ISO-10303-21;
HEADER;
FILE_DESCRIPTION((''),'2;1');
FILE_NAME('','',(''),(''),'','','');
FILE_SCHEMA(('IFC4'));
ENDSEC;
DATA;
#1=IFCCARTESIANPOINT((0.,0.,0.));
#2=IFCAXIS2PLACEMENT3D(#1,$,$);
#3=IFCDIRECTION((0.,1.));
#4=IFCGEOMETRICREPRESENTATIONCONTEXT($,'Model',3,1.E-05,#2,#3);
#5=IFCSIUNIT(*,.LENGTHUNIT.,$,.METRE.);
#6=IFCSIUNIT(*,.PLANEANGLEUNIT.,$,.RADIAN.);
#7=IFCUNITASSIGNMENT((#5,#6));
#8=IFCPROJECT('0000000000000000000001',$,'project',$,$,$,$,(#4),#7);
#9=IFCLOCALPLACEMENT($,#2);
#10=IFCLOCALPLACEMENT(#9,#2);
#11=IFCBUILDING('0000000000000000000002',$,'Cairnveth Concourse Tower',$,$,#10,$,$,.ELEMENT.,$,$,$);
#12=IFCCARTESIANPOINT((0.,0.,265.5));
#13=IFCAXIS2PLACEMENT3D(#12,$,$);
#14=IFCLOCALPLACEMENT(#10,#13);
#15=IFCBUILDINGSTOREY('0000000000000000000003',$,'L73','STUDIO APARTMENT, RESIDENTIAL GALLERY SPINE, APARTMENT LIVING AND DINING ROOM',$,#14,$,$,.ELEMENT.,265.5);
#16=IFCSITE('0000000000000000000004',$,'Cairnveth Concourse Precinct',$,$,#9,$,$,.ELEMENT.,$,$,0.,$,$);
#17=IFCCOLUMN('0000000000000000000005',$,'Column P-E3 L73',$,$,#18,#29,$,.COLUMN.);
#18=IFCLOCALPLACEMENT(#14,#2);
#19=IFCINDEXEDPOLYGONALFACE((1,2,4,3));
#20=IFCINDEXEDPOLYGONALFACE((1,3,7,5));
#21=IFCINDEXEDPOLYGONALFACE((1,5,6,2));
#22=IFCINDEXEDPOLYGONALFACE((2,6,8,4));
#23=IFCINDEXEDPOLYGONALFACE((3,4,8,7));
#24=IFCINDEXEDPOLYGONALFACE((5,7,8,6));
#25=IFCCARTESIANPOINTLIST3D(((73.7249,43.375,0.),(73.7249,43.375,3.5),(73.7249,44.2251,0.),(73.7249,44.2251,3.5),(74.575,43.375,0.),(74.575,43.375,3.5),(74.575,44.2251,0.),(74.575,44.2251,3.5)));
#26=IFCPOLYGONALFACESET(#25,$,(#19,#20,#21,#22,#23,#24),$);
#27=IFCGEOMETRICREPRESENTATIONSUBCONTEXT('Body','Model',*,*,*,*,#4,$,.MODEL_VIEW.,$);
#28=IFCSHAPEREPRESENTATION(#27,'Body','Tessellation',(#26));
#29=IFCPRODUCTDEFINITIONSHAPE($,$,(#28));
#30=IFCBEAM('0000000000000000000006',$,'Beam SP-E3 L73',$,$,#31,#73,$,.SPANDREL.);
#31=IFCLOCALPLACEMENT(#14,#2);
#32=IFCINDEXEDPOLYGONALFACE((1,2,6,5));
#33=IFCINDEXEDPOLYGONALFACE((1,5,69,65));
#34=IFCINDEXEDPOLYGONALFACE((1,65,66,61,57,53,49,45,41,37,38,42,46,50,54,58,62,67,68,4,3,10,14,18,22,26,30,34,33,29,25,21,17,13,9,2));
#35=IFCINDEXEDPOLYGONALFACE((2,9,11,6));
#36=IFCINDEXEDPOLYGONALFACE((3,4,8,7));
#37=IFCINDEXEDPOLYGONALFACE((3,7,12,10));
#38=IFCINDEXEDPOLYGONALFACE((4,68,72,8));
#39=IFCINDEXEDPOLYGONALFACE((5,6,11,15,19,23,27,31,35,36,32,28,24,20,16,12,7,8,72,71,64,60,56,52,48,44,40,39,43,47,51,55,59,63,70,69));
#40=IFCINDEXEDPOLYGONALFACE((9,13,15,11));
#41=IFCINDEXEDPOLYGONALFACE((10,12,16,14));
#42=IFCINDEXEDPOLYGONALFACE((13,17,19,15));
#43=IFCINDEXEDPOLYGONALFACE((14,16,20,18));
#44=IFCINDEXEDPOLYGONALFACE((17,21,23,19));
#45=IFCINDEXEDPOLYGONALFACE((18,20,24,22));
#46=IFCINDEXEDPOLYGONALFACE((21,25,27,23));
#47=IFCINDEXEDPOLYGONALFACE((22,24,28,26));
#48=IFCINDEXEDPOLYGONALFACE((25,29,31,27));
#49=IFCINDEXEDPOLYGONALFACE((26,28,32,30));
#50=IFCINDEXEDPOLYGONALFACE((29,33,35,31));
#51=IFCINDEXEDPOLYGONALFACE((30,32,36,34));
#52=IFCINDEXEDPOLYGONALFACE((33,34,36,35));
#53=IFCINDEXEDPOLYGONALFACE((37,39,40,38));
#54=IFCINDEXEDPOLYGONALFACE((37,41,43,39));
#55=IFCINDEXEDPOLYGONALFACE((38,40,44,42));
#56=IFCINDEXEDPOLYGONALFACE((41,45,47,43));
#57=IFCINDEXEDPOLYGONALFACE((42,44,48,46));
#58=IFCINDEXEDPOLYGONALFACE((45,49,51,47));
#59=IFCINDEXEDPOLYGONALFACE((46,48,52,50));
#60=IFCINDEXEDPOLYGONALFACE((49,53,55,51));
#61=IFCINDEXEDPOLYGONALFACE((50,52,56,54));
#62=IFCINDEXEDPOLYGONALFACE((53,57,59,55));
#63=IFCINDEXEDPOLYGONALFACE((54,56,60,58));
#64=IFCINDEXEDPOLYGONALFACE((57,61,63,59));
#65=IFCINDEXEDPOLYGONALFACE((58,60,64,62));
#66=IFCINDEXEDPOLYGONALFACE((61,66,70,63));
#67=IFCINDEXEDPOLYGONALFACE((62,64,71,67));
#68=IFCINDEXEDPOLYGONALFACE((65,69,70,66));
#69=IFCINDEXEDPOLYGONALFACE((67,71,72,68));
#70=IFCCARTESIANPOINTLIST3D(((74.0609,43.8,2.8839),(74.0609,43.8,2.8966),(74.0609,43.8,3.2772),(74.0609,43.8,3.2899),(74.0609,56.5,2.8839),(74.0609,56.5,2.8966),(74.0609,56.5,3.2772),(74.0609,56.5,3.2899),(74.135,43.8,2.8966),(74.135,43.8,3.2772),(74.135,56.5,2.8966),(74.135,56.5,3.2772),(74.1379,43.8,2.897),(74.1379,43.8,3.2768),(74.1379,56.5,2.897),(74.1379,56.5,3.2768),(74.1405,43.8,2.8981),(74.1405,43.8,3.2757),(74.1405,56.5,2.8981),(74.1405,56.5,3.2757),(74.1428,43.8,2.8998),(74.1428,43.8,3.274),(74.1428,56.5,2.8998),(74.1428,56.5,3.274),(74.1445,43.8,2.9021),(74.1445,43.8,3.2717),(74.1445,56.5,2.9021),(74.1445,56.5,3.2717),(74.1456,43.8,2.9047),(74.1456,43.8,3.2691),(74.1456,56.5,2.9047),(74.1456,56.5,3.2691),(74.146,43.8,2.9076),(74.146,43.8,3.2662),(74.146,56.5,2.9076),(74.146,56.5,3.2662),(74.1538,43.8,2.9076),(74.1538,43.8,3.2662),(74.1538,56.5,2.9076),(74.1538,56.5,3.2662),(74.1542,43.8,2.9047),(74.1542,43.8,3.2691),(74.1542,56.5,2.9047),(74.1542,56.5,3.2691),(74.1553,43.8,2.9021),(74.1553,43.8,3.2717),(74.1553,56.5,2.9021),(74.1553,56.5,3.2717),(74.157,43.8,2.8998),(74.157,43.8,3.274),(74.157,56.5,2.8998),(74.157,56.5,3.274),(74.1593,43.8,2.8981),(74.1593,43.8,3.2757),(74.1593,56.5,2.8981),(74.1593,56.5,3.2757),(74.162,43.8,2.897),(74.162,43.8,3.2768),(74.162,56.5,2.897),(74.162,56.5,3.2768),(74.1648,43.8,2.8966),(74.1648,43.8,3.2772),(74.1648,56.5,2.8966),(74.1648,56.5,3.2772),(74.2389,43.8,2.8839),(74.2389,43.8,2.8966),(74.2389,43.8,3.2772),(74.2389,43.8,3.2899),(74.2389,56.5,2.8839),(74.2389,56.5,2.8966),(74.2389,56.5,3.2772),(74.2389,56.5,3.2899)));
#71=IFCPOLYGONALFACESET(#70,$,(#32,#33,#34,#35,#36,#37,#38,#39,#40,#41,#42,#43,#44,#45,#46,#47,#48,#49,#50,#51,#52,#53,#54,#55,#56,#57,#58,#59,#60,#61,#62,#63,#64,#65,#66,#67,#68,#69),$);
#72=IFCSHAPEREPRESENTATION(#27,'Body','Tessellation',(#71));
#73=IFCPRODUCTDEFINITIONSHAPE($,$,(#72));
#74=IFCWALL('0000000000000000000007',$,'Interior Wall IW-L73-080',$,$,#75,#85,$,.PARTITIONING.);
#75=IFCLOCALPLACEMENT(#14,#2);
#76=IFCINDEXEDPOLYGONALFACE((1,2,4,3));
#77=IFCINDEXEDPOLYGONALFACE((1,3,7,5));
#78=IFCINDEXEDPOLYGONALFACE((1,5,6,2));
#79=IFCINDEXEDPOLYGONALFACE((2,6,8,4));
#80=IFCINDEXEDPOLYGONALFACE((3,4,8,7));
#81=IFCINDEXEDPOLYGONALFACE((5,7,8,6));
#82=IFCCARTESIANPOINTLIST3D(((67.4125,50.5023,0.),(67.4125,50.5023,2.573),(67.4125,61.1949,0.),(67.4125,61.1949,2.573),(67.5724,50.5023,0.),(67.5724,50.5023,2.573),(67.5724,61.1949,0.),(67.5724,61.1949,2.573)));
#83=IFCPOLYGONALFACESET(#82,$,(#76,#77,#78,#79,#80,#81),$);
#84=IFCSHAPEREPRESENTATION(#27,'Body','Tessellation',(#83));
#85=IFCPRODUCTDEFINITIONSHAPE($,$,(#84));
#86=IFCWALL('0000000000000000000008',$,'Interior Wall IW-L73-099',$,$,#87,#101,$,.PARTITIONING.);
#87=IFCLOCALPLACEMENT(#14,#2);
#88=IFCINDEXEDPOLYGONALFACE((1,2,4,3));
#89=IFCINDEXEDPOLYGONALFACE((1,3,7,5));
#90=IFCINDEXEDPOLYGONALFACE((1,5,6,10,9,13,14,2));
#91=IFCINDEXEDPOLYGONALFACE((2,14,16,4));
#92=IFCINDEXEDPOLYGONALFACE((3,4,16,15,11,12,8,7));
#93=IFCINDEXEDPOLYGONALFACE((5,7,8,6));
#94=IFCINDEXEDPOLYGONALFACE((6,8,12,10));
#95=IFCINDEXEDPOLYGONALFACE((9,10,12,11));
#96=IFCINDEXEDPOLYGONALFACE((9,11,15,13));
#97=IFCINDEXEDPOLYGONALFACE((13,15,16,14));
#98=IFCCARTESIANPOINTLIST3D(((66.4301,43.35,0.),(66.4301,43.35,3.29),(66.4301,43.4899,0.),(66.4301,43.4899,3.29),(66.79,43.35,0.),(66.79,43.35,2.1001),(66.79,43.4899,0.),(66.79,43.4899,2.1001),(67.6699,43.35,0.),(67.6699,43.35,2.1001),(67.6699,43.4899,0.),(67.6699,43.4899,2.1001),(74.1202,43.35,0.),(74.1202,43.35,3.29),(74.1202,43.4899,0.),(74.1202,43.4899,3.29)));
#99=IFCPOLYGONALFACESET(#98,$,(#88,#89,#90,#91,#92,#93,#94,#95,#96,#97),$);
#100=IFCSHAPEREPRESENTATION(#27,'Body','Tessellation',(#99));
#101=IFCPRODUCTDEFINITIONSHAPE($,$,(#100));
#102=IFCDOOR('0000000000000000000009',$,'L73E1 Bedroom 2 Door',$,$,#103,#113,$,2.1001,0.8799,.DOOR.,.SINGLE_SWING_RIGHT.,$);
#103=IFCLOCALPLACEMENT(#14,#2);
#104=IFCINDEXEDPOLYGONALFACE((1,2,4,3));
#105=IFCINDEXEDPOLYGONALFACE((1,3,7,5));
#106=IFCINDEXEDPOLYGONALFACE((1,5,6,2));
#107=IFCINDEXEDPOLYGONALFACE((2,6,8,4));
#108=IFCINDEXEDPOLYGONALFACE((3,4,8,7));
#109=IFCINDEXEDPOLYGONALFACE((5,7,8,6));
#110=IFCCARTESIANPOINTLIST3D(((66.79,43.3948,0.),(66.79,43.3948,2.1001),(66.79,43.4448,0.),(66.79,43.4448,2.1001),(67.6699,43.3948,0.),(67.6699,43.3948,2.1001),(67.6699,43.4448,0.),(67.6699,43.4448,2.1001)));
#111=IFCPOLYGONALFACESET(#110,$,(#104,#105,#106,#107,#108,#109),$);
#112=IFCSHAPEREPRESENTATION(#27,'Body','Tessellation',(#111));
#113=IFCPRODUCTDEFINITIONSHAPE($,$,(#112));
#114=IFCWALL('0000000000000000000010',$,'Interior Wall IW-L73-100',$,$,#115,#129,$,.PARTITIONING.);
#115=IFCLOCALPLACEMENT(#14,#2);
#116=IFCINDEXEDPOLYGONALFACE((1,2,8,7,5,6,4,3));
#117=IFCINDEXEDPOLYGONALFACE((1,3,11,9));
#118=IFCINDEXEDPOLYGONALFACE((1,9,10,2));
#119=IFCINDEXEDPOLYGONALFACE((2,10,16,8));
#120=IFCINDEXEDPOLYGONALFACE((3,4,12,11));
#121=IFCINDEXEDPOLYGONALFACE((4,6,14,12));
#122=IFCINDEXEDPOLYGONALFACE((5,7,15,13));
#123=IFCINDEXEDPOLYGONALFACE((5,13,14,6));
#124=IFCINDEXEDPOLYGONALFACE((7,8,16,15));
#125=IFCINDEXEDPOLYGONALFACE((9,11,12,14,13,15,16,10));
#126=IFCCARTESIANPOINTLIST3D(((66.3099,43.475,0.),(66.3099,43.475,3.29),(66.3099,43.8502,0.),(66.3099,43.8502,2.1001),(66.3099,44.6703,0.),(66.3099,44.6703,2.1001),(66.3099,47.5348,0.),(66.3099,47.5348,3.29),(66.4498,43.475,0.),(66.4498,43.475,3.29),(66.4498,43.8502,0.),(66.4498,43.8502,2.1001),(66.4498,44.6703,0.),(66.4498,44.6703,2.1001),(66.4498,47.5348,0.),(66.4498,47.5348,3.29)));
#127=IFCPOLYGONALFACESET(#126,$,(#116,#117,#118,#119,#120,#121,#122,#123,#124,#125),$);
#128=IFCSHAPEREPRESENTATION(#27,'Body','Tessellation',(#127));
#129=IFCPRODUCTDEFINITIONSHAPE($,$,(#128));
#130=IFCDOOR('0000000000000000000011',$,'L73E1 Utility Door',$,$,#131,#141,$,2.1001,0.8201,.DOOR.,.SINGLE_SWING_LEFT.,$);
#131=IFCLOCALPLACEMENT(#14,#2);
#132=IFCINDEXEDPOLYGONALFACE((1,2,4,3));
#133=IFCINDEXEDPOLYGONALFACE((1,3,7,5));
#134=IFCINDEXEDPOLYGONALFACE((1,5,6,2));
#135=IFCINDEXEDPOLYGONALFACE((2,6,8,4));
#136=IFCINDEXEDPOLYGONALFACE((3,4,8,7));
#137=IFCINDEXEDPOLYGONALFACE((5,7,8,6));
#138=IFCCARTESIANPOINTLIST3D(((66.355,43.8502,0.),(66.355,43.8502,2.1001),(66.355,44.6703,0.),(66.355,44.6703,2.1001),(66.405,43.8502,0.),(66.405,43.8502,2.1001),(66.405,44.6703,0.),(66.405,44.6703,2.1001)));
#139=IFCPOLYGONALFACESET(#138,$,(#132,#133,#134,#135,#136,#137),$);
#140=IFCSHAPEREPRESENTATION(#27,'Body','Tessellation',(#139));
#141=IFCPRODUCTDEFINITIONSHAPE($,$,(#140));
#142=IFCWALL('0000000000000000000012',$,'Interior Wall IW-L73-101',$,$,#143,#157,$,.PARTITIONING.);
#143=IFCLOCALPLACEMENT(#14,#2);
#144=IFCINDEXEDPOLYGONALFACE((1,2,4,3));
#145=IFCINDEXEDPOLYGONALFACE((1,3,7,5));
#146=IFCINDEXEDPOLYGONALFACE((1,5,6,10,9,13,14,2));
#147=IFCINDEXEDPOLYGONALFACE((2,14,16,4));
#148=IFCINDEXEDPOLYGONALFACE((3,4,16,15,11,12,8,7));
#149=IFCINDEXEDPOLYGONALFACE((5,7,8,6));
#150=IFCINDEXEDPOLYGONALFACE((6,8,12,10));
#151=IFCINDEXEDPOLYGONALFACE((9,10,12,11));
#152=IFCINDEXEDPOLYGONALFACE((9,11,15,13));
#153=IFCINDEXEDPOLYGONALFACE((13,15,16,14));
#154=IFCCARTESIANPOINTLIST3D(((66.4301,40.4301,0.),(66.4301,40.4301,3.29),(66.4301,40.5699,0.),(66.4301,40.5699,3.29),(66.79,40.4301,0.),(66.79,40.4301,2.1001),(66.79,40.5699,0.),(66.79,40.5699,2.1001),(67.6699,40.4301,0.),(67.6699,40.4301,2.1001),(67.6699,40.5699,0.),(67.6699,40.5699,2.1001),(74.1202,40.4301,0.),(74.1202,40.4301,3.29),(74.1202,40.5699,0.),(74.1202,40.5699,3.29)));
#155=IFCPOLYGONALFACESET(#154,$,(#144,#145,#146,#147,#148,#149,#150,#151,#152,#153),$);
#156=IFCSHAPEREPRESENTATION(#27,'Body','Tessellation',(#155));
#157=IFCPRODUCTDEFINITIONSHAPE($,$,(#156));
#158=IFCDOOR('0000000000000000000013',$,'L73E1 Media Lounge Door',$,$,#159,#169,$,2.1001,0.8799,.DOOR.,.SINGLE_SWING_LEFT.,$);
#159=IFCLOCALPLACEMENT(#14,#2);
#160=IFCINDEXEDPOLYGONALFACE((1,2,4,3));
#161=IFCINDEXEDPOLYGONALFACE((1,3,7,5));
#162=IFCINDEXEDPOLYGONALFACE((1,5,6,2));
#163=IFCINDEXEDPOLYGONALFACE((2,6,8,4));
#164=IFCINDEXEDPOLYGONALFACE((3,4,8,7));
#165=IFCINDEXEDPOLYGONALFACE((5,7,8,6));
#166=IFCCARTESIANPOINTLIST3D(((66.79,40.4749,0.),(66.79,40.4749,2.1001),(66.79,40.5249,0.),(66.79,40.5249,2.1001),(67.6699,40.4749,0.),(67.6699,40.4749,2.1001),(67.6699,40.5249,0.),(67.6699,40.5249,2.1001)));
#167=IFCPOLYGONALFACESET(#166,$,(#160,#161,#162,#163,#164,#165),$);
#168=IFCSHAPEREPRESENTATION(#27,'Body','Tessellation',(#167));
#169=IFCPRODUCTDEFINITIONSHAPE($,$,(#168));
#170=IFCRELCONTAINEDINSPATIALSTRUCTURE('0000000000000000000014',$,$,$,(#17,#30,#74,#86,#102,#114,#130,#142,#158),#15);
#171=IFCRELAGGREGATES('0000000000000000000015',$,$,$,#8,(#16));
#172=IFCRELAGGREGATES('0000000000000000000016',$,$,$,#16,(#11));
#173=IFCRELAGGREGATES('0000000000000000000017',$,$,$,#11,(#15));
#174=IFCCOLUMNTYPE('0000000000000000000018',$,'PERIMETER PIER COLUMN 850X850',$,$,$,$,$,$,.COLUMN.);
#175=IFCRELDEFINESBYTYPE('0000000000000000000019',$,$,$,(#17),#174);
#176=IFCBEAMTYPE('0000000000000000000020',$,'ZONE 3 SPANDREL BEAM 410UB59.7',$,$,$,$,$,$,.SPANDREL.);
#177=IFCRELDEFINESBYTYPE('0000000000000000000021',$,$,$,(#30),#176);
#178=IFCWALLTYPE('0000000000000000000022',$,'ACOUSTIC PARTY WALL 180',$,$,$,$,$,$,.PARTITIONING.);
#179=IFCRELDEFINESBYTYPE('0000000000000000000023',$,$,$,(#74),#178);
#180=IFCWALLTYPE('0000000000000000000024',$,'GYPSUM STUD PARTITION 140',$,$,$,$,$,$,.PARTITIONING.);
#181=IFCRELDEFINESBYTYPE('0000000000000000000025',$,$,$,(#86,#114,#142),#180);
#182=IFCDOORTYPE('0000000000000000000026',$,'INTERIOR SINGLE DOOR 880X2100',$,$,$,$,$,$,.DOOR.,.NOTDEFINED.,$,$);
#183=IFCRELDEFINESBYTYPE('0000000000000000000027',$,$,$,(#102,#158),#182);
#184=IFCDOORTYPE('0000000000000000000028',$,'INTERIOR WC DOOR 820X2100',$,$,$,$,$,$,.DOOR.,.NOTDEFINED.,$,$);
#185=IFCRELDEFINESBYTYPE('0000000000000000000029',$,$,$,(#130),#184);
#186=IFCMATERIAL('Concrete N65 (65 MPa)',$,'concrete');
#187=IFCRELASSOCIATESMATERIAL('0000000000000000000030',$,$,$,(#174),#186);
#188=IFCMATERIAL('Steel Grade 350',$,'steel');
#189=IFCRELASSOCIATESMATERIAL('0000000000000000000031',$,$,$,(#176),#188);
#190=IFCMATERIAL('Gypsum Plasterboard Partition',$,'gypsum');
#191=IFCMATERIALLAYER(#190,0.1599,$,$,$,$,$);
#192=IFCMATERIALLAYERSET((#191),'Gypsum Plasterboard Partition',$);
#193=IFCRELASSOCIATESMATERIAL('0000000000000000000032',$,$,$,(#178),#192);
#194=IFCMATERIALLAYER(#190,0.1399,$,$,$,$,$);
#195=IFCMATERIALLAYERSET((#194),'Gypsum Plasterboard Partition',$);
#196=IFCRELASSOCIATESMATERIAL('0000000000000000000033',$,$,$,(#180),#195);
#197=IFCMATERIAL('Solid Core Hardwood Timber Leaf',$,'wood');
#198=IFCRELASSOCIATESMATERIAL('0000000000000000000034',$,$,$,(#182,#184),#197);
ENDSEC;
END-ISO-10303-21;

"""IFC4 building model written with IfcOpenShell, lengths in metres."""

from ifc_helpers import new_model, si_unit, direction, frame, frame_2d, origin, origin_2d, place, context, subcontext, project, spatial, rectangle, i_section, extrude, material, layer, layer_set, material_profile, profile_set, type_object, element, fill, save


model = new_model("IFC4")

# Units and contexts
model_context = context("Model", 3, precision=1e-05, world=origin(), true_north=direction((0.0, 1.0)))
body_context = subcontext(model_context, "Body", "Model", "MODEL_VIEW")
ifc_project = project(units=[si_unit("LENGTHUNIT", "METRE"), si_unit("PLANEANGLEUNIT", "RADIAN")], contexts=[model_context])

# Site, building, storey
site_placement = place(None, origin())
site = spatial("IfcSite", under=ifc_project, at=site_placement, Name="Cairnveth Concourse Precinct", CompositionType="ELEMENT", RefElevation=0.0)
building_placement = place(site_placement, origin())
building = spatial("IfcBuilding", under=site, at=building_placement, Name="Cairnveth Concourse Tower", CompositionType="ELEMENT")
storey_placement = place(building_placement, frame((0.0, 0.0, 265.5)))
storey = spatial("IfcBuildingStorey", under=building, at=storey_placement, Name="L73", Description="STUDIO APARTMENT, RESIDENTIAL GALLERY SPINE, APARTMENT LIVING AND DINING ROOM", CompositionType="ELEMENT", Elevation=265.5)

# Column
ifc_material_1 = material(Name="Concrete N65 (65 MPa)", Category="concrete")
ifc_material_profile_1 = material_profile(ifc_material_1, rectangle(XDim=0.8501, YDim=0.8501, at=origin_2d()), Name="RC-COL-850x850")
ifc_profile_set_1 = profile_set([ifc_material_profile_1], Name="Concrete N65 (65 MPa)")
column_type = type_object("IfcColumnType", Name="PERIMETER PIER COLUMN 850X850", PredefinedType="COLUMN", material=ifc_profile_set_1)
column_placement = place(storey_placement, frame((74.1499, 43.8, 0.0), z_axis=(0.0, 0.0, 1.0), x_axis=(0.0, 1.0, 0.0)))
element("IfcColumn", 1, at=column_placement, inside=storey, type_object=column_type, Name="Column P-E3 L73", PredefinedType="COLUMN", context=body_context, shape_type="SweptSolid", body=[
    extrude(rectangle(XDim=0.8501, YDim=0.8501, at=origin_2d()), origin(), (0.0, 0.0, 1.0), 3.5),
])

# Beam
ifc_material_2 = material(Name="Steel Grade 350", Category="steel")
ifc_material_profile_2 = material_profile(ifc_material_2, i_section(OverallWidth=0.178, OverallDepth=0.406, WebThickness=0.0078, FlangeThickness=0.0127, FilletRadius=0.011, at=origin_2d()), Name="410UB59.7")
ifc_profile_set_2 = profile_set([ifc_material_profile_2], Name="Steel Grade 350")
beam_type = type_object("IfcBeamType", Name="ZONE 3 SPANDREL BEAM 410UB59.7", PredefinedType="SPANDREL", material=ifc_profile_set_2)
beam_placement = place(storey_placement, frame((74.1499, 43.8, 3.0869), z_axis=(0.0, 1.0, 0.0), x_axis=(-1.0, 0.0, 0.0)))
element("IfcBeam", 2, at=beam_placement, inside=storey, type_object=beam_type, Name="Beam SP-E3 L73", PredefinedType="SPANDREL", context=body_context, shape_type="SweptSolid", body=[
    extrude(i_section(OverallWidth=0.178, OverallDepth=0.406, WebThickness=0.0078, FlangeThickness=0.0127, FilletRadius=0.011, at=origin_2d()), origin(), (0.0, 0.0, 1.0), 12.7),
])

# Wall
ifc_material_3 = material(Name="Gypsum Plasterboard Partition", Category="gypsum")
ifc_layer_1 = layer(ifc_material_3, 0.1599)
ifc_layer_set_1 = layer_set([ifc_layer_1], Name="Gypsum Plasterboard Partition")
wall_type_1 = type_object("IfcWallType", Name="ACOUSTIC PARTY WALL 180", PredefinedType="PARTITIONING", material=ifc_layer_set_1)
wall_1_placement = place(storey_placement, frame((67.4924, 50.5024, 0.0), z_axis=(0.0, 0.0, 1.0), x_axis=(0.0, 1.0, 0.0)))
element("IfcWall", 3, at=wall_1_placement, inside=storey, type_object=wall_type_1, Name="Interior Wall IW-L73-080", PredefinedType="PARTITIONING", context=body_context, shape_type="SweptSolid", body=[
    extrude(rectangle(XDim=10.6926, YDim=0.1599, at=frame_2d((5.3462, 0.0))), origin(), (0.0, 0.0, 1.0), 2.573),
])

# Walls, openings, doors
ifc_layer_2 = layer(ifc_material_3, 0.1399)
ifc_layer_set_2 = layer_set([ifc_layer_2], Name="Gypsum Plasterboard Partition")
wall_type_2 = type_object("IfcWallType", Name="GYPSUM STUD PARTITION 140", PredefinedType="PARTITIONING", material=ifc_layer_set_2)
wall_2_placement = place(storey_placement, frame((66.4299, 43.4199, 0.0), z_axis=(0.0, 0.0, 1.0), x_axis=(1.0, 0.0, 0.0)))
wall_2 = element("IfcWall", 4, at=wall_2_placement, inside=storey, type_object=wall_type_2, Name="Interior Wall IW-L73-099", PredefinedType="PARTITIONING", context=body_context, shape_type="SweptSolid", body=[
    extrude(rectangle(XDim=7.6902, YDim=0.1399, at=frame_2d((3.8452, 0.0))), origin(), (0.0, 0.0, 1.0), 3.29),
])
opening_1_placement = place(wall_2_placement, frame((0.3601, 0.0, 0.0)))
opening_1 = element("IfcOpeningElement", 5, at=opening_1_placement, cuts=wall_2, PredefinedType="OPENING", context=body_context, shape_type="SweptSolid", body=[
    extrude(rectangle(XDim=0.8799, YDim=2.1001, at=frame_2d((0.4399, 1.05))), frame((0.0, 0.0798, 0.0), z_axis=(0.0, -1.0, 0.0), x_axis=(1.0, 0.0, 0.0)), (0.0, 0.0, 1.0), 0.1599),
])
ifc_material_4 = material(Name="Solid Core Hardwood Timber Leaf", Category="wood")
door_type_1 = type_object("IfcDoorType", Name="INTERIOR SINGLE DOOR 880X2100", OperationType="NOTDEFINED", PredefinedType="DOOR", material=ifc_material_4)
door_1_placement = place(opening_1_placement, origin())
door_1 = element("IfcDoor", 6, at=door_1_placement, inside=storey, type_object=door_type_1, Name="L73E1 Bedroom 2 Door", OperationType="SINGLE_SWING_RIGHT", OverallHeight=2.1001, OverallWidth=0.8799, PredefinedType="DOOR", context=body_context, shape_type="SweptSolid", body=[
    extrude(rectangle(XDim=0.8799, YDim=2.1001, at=frame_2d((0.4399, 1.05))), frame((0.0, 0.0249, 0.0), z_axis=(0.0, -1.0, 0.0), x_axis=(1.0, 0.0, 0.0)), (0.0, 0.0, 1.0), 0.05),
])
fill(opening_1, door_1)
wall_3_placement = place(storey_placement, frame((66.3799, 43.4751, 0.0), z_axis=(0.0, 0.0, 1.0), x_axis=(0.0, 1.0, 0.0)))
wall_3 = element("IfcWall", 7, at=wall_3_placement, inside=storey, type_object=wall_type_2, Name="Interior Wall IW-L73-100", PredefinedType="PARTITIONING", context=body_context, shape_type="SweptSolid", body=[
    extrude(rectangle(XDim=4.0598, YDim=0.1399, at=frame_2d((2.0298, 0.0))), origin(), (0.0, 0.0, 1.0), 3.29),
])
opening_2_placement = place(wall_3_placement, frame((0.375, 0.0, 0.0)))
opening_2 = element("IfcOpeningElement", 8, at=opening_2_placement, cuts=wall_3, PredefinedType="OPENING", context=body_context, shape_type="SweptSolid", body=[
    extrude(rectangle(XDim=0.8201, YDim=2.1001, at=frame_2d((0.4102, 1.05))), frame((0.0, 0.0798, 0.0), z_axis=(0.0, -1.0, 0.0), x_axis=(1.0, 0.0, 0.0)), (0.0, 0.0, 1.0), 0.1599),
])
door_type_2 = type_object("IfcDoorType", Name="INTERIOR WC DOOR 820X2100", OperationType="NOTDEFINED", PredefinedType="DOOR", material=ifc_material_4)
door_2_placement = place(opening_2_placement, origin())
door_2 = element("IfcDoor", 9, at=door_2_placement, inside=storey, type_object=door_type_2, Name="L73E1 Utility Door", OperationType="SINGLE_SWING_LEFT", OverallHeight=2.1001, OverallWidth=0.8201, PredefinedType="DOOR", context=body_context, shape_type="SweptSolid", body=[
    extrude(rectangle(XDim=0.8201, YDim=2.1001, at=frame_2d((0.4102, 1.05))), frame((0.0, 0.0249, 0.0), z_axis=(0.0, -1.0, 0.0), x_axis=(1.0, 0.0, 0.0)), (0.0, 0.0, 1.0), 0.05),
])
fill(opening_2, door_2)
wall_4_placement = place(storey_placement, frame((66.4299, 40.5, 0.0), z_axis=(0.0, 0.0, 1.0), x_axis=(1.0, 0.0, 0.0)))
wall_4 = element("IfcWall", 10, at=wall_4_placement, inside=storey, type_object=wall_type_2, Name="Interior Wall IW-L73-101", PredefinedType="PARTITIONING", context=body_context, shape_type="SweptSolid", body=[
    extrude(rectangle(XDim=7.6902, YDim=0.1399, at=frame_2d((3.8452, 0.0))), origin(), (0.0, 0.0, 1.0), 3.29),
])
opening_3_placement = place(wall_4_placement, frame((0.3601, 0.0, 0.0)))
opening_3 = element("IfcOpeningElement", 11, at=opening_3_placement, cuts=wall_4, PredefinedType="OPENING", context=body_context, shape_type="SweptSolid", body=[
    extrude(rectangle(XDim=0.8799, YDim=2.1001, at=frame_2d((0.4399, 1.05))), frame((0.0, 0.0798, 0.0), z_axis=(0.0, -1.0, 0.0), x_axis=(1.0, 0.0, 0.0)), (0.0, 0.0, 1.0), 0.1599),
])
door_3_placement = place(opening_3_placement, origin())
door_3 = element("IfcDoor", 12, at=door_3_placement, inside=storey, type_object=door_type_1, Name="L73E1 Media Lounge Door", OperationType="SINGLE_SWING_LEFT", OverallHeight=2.1001, OverallWidth=0.8799, PredefinedType="DOOR", context=body_context, shape_type="SweptSolid", body=[
    extrude(rectangle(XDim=0.8799, YDim=2.1001, at=frame_2d((0.4399, 1.05))), frame((0.0, 0.0249, 0.0), z_axis=(0.0, -1.0, 0.0), x_axis=(1.0, 0.0, 0.0)), (0.0, 0.0, 1.0), 0.05),
])
fill(opening_3, door_3)

save(model, "model.ifc")
